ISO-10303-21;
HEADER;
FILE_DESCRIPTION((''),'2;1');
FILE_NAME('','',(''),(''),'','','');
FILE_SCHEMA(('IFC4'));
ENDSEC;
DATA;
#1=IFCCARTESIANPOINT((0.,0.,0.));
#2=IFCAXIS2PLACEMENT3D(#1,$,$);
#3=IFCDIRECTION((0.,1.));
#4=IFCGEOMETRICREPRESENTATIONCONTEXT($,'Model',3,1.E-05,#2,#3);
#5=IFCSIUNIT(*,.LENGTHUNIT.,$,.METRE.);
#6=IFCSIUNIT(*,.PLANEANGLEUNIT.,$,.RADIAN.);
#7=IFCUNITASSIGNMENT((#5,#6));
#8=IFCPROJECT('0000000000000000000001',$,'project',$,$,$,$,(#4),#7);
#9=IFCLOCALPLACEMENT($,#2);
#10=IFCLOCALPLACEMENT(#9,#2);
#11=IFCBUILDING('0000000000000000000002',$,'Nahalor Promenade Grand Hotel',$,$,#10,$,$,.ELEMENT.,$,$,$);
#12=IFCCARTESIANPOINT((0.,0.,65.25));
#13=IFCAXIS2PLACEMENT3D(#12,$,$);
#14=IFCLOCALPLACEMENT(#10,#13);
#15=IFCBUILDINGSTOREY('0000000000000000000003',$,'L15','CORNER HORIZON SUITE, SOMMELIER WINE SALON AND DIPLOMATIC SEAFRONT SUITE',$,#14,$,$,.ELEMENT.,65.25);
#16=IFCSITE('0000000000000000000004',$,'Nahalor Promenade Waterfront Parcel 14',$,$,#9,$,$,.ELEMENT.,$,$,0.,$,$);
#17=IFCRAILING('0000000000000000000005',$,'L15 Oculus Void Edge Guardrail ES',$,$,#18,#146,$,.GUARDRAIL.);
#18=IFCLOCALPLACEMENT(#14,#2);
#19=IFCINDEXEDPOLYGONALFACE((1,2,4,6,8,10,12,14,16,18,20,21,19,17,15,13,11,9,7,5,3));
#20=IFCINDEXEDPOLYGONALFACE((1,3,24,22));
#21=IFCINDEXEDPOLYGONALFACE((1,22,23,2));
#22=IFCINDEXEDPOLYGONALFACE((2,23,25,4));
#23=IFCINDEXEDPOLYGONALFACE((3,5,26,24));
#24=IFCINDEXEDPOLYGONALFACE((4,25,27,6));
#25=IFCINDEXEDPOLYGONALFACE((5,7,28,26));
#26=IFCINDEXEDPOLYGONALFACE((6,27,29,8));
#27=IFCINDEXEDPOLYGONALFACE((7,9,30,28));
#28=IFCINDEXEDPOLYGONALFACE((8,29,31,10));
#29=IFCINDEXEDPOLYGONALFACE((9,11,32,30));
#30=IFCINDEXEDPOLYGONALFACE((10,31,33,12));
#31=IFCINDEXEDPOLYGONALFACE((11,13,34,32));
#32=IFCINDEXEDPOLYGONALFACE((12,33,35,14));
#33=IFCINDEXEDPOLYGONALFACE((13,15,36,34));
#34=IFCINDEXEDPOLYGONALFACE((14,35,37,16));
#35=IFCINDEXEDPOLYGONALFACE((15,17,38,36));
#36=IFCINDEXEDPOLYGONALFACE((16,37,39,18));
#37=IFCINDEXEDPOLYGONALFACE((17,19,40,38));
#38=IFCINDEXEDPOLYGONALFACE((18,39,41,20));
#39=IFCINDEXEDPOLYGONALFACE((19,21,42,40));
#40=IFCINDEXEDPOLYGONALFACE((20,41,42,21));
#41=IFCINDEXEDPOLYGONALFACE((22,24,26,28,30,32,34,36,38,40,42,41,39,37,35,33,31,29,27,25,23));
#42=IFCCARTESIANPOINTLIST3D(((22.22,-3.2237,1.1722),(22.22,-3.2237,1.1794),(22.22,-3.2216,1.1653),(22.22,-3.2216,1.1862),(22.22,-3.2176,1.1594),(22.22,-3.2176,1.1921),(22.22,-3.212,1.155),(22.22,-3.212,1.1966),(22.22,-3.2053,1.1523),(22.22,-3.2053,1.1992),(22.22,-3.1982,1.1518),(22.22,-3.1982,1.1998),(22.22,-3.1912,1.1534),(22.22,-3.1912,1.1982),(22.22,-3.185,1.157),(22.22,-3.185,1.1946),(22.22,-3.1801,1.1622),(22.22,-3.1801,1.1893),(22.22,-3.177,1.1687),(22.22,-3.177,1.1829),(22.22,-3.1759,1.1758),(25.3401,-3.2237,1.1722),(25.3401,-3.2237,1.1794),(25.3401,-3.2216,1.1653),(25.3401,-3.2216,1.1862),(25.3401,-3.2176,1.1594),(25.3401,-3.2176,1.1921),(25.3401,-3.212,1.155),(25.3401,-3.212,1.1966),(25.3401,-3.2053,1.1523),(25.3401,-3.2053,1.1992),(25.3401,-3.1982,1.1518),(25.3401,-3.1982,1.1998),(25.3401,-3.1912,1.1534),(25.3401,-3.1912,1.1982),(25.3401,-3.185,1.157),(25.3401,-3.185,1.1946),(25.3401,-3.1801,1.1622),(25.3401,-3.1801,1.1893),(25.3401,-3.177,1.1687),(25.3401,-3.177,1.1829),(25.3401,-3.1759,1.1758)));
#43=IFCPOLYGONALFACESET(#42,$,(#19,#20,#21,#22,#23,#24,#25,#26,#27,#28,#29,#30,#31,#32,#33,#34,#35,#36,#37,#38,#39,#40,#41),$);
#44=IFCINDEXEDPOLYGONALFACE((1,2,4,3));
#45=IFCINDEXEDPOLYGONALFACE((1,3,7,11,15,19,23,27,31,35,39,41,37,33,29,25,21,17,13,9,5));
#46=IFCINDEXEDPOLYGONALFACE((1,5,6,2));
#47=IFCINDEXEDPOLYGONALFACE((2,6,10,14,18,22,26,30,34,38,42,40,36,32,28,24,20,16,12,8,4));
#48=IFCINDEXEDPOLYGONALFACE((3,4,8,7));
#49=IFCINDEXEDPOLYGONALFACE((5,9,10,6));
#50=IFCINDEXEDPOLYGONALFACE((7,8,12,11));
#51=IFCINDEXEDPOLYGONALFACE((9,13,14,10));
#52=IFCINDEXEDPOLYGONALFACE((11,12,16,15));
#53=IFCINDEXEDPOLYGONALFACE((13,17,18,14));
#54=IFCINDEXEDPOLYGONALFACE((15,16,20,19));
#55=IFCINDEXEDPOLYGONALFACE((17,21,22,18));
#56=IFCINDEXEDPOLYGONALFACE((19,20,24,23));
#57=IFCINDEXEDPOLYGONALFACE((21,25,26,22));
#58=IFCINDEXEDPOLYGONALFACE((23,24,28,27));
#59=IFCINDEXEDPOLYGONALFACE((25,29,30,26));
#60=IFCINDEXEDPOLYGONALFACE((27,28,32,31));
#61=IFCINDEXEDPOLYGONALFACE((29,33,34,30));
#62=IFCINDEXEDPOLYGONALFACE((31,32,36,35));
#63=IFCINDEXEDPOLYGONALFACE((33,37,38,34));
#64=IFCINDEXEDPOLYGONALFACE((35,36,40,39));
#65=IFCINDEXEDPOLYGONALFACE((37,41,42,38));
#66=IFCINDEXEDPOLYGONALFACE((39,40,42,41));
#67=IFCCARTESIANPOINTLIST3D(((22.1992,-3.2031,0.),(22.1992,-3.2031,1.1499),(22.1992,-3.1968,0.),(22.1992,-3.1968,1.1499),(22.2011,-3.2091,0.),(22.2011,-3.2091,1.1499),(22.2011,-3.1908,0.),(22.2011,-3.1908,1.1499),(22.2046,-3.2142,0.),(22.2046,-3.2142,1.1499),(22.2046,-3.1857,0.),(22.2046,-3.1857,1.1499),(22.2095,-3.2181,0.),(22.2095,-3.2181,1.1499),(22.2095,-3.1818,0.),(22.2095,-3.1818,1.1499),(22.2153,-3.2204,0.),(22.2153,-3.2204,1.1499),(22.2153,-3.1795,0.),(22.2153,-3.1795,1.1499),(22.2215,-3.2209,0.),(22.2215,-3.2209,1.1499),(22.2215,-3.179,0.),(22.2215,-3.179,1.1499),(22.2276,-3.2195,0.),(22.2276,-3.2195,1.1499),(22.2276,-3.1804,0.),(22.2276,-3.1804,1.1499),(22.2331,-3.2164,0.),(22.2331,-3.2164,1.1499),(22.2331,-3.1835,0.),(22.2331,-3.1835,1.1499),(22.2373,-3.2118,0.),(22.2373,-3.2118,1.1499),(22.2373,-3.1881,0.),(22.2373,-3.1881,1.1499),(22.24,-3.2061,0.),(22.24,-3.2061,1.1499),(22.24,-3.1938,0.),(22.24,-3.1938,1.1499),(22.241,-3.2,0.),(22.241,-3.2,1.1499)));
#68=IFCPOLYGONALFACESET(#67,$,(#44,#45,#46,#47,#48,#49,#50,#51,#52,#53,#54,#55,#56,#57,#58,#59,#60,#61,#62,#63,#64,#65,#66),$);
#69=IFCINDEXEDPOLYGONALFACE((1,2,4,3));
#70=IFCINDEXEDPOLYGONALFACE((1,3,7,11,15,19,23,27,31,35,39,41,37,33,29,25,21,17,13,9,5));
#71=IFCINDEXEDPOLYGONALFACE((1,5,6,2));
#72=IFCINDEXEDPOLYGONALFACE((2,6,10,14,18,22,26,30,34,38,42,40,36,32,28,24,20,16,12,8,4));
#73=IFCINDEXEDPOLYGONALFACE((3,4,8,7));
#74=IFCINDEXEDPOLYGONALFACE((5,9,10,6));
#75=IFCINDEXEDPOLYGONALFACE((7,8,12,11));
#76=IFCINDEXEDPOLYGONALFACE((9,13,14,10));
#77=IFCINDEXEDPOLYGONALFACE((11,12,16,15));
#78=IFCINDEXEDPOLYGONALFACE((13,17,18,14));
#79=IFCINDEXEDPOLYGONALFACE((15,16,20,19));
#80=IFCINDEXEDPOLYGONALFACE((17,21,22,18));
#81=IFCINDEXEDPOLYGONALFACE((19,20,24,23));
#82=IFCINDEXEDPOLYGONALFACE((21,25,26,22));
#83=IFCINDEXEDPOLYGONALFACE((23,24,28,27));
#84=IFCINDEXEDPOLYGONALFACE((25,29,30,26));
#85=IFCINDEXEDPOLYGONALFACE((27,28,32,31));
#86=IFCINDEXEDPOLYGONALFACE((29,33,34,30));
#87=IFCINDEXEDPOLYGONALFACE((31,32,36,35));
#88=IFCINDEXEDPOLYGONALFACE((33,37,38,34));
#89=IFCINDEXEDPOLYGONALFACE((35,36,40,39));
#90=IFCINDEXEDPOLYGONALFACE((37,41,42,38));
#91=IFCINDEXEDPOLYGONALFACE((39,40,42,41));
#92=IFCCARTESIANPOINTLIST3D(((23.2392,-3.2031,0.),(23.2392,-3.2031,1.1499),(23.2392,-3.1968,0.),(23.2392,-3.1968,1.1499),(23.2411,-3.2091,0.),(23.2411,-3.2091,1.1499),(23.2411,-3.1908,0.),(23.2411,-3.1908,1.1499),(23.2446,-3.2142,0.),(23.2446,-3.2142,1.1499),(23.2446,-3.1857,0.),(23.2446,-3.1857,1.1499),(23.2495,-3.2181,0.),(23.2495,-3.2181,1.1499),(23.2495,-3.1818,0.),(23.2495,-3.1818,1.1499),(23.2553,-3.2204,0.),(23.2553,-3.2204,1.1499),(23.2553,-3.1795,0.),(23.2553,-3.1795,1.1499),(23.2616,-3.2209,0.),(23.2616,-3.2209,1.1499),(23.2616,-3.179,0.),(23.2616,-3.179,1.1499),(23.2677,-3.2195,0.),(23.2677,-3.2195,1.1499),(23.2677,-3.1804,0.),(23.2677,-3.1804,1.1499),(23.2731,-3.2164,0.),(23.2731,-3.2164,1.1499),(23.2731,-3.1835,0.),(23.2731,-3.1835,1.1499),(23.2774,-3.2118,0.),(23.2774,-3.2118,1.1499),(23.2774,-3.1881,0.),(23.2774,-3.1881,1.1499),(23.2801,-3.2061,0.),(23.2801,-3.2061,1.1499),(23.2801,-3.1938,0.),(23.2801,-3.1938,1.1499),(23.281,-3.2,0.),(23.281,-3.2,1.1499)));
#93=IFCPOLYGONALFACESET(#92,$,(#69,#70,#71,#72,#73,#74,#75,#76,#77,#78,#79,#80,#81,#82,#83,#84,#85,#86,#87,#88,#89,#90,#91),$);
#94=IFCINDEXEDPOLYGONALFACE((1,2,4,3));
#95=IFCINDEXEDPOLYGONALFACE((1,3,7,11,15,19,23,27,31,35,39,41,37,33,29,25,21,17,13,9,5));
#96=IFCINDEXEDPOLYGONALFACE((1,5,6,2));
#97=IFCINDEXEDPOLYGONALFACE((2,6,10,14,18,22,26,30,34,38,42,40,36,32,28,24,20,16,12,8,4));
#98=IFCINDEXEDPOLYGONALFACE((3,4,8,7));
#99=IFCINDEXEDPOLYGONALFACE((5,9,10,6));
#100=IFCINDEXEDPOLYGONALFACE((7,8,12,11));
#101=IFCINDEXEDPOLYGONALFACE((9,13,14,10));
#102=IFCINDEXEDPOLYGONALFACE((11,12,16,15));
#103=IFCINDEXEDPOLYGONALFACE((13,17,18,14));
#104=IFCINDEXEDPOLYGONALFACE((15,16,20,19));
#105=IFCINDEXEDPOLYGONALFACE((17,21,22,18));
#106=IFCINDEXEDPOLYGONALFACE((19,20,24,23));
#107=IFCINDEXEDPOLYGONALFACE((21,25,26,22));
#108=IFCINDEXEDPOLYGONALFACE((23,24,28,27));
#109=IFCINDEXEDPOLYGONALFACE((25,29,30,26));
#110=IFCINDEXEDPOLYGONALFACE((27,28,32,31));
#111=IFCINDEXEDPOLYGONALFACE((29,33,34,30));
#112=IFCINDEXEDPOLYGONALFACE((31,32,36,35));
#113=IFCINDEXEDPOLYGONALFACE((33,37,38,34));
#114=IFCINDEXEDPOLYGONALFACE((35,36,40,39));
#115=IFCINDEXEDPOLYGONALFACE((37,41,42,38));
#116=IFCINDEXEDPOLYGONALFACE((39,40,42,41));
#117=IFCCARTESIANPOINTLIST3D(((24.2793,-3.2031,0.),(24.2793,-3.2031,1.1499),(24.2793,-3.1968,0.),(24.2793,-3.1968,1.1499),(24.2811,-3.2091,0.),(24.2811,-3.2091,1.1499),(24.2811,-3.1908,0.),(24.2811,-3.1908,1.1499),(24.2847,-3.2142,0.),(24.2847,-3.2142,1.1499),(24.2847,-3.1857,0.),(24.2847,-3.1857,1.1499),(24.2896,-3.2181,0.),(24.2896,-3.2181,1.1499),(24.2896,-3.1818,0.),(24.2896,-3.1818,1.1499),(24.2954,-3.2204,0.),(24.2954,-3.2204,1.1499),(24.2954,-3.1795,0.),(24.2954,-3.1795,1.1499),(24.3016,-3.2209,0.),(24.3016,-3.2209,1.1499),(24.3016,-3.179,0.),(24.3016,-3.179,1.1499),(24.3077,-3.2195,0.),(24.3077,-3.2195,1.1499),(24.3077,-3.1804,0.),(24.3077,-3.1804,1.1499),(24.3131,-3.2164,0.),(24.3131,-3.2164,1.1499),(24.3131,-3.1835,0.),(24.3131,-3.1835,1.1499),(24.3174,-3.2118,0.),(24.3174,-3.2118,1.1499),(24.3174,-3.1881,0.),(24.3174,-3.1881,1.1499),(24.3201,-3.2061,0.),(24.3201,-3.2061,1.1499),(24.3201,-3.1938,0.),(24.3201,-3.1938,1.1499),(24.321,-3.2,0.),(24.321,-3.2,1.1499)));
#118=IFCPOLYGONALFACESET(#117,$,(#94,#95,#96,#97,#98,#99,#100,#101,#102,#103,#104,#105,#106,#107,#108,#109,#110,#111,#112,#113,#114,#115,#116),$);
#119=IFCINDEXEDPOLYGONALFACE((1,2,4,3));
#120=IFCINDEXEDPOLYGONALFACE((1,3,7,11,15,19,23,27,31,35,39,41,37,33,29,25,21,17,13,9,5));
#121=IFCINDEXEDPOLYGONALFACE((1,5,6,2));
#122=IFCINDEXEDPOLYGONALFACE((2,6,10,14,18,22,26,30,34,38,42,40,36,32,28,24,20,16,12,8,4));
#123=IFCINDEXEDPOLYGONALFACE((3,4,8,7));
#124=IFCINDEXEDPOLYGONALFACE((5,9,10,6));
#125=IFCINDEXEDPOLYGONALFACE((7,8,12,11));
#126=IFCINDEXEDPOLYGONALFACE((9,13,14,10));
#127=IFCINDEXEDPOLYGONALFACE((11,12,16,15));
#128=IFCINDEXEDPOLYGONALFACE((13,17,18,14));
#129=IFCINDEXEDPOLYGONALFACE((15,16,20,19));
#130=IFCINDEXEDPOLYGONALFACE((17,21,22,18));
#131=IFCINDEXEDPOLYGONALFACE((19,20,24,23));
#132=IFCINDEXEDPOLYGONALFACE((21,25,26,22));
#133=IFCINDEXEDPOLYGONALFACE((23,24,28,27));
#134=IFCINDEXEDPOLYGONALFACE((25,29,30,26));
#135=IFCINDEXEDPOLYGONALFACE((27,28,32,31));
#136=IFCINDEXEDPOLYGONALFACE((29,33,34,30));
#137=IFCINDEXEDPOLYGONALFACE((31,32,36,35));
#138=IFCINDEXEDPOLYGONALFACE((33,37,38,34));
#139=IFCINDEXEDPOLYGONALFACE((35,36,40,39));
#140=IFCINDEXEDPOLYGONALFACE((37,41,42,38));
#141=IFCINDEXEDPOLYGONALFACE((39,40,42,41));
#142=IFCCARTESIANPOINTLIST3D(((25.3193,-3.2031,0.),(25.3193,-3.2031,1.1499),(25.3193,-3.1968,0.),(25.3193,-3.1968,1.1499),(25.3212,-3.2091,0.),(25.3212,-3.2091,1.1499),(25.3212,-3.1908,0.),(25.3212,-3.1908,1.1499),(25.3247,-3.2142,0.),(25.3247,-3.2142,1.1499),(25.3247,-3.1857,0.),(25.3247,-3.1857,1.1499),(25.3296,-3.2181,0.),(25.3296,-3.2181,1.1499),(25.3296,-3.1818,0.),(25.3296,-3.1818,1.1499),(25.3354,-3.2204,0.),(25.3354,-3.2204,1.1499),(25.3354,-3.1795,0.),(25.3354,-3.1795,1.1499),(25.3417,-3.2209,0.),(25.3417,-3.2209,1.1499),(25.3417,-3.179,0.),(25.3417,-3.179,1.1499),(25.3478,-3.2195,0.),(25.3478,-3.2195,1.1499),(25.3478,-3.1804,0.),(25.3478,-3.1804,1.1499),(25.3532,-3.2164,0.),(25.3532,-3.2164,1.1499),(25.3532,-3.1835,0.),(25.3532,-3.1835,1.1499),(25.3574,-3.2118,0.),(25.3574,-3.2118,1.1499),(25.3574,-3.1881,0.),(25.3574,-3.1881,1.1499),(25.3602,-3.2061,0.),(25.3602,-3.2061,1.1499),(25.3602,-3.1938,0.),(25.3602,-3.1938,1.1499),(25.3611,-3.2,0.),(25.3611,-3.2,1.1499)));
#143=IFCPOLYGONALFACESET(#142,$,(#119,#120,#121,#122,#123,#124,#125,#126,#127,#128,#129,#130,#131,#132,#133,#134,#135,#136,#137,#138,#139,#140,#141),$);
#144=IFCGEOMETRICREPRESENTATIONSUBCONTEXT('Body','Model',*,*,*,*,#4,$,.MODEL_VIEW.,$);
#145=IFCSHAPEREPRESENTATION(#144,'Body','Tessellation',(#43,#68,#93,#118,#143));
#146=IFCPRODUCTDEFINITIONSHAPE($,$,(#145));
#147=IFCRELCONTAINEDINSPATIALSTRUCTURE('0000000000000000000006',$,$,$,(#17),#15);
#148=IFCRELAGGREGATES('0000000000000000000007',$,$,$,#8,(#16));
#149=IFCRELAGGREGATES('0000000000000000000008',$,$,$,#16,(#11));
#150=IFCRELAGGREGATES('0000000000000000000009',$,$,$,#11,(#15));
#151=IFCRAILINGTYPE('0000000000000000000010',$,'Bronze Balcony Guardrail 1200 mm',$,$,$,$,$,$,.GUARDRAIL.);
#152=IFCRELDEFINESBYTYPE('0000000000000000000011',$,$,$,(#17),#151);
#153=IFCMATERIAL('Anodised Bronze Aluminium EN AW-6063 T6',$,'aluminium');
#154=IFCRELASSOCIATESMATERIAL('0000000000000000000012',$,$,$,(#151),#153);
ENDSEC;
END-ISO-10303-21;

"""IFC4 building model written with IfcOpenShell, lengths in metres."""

from ifc_helpers import new_model, si_unit, direction, frame, origin, origin_2d, place, context, subcontext, project, spatial, circle, extrude, material, type_object, element, save


model = new_model("IFC4")

# Units and contexts
model_context = context("Model", 3, precision=1e-05, world=origin(), true_north=direction((0.0, 1.0)))
body_context = subcontext(model_context, "Body", "Model", "MODEL_VIEW")
ifc_project = project(units=[si_unit("LENGTHUNIT", "METRE"), si_unit("PLANEANGLEUNIT", "RADIAN")], contexts=[model_context])

# Site, building, storey
site_placement = place(None, origin())
site = spatial("IfcSite", under=ifc_project, at=site_placement, Name="Nahalor Promenade Waterfront Parcel 14", CompositionType="ELEMENT", RefElevation=0.0)
building_placement = place(site_placement, origin())
building = spatial("IfcBuilding", under=site, at=building_placement, Name="Nahalor Promenade Grand Hotel", CompositionType="ELEMENT")
storey_placement = place(building_placement, frame((0.0, 0.0, 65.25)))
storey = spatial("IfcBuildingStorey", under=building, at=storey_placement, Name="L15", Description="CORNER HORIZON SUITE, SOMMELIER WINE SALON AND DIPLOMATIC SEAFRONT SUITE", CompositionType="ELEMENT", Elevation=65.25)

# Shared definitions
ifc_material_1 = material(Name="Anodised Bronze Aluminium EN AW-6063 T6", Category="aluminium")

# Railing
railing_type = type_object("IfcRailingType", Name="Bronze Balcony Guardrail 1200 mm", PredefinedType="GUARDRAIL", material=ifc_material_1)
for number, where, name in (
    (1, (22.22, -3.2, 0.0), "L15 Oculus Void Edge Guardrail ES"),
):
    element("IfcRailing", number, at=place(storey_placement, frame(where)), inside=storey, type_object=railing_type, Name=name, PredefinedType="GUARDRAIL", context=body_context, shape_type="SweptSolid", body=[
        extrude(circle(Radius=0.024, at=origin_2d()), frame((0.0, 0.0, 1.1758), z_axis=(1.0, 0.0, 0.0), x_axis=(0.0, 1.0, 0.0)), (0.0, 0.0, 1.0), 3.1201),
        extrude(circle(Radius=0.021, at=origin_2d()), origin(), (0.0, 0.0, 1.0), 1.1499),
        extrude(circle(Radius=0.021, at=origin_2d()), frame((1.04, 0.0, 0.0)), (0.0, 0.0, 1.0), 1.1499),
        extrude(circle(Radius=0.021, at=origin_2d()), frame((2.0801, 0.0, 0.0)), (0.0, 0.0, 1.0), 1.1499),
        extrude(circle(Radius=0.021, at=origin_2d()), frame((3.1201, 0.0, 0.0)), (0.0, 0.0, 1.0), 1.1499),
    ])

save(model, "model.ifc")
